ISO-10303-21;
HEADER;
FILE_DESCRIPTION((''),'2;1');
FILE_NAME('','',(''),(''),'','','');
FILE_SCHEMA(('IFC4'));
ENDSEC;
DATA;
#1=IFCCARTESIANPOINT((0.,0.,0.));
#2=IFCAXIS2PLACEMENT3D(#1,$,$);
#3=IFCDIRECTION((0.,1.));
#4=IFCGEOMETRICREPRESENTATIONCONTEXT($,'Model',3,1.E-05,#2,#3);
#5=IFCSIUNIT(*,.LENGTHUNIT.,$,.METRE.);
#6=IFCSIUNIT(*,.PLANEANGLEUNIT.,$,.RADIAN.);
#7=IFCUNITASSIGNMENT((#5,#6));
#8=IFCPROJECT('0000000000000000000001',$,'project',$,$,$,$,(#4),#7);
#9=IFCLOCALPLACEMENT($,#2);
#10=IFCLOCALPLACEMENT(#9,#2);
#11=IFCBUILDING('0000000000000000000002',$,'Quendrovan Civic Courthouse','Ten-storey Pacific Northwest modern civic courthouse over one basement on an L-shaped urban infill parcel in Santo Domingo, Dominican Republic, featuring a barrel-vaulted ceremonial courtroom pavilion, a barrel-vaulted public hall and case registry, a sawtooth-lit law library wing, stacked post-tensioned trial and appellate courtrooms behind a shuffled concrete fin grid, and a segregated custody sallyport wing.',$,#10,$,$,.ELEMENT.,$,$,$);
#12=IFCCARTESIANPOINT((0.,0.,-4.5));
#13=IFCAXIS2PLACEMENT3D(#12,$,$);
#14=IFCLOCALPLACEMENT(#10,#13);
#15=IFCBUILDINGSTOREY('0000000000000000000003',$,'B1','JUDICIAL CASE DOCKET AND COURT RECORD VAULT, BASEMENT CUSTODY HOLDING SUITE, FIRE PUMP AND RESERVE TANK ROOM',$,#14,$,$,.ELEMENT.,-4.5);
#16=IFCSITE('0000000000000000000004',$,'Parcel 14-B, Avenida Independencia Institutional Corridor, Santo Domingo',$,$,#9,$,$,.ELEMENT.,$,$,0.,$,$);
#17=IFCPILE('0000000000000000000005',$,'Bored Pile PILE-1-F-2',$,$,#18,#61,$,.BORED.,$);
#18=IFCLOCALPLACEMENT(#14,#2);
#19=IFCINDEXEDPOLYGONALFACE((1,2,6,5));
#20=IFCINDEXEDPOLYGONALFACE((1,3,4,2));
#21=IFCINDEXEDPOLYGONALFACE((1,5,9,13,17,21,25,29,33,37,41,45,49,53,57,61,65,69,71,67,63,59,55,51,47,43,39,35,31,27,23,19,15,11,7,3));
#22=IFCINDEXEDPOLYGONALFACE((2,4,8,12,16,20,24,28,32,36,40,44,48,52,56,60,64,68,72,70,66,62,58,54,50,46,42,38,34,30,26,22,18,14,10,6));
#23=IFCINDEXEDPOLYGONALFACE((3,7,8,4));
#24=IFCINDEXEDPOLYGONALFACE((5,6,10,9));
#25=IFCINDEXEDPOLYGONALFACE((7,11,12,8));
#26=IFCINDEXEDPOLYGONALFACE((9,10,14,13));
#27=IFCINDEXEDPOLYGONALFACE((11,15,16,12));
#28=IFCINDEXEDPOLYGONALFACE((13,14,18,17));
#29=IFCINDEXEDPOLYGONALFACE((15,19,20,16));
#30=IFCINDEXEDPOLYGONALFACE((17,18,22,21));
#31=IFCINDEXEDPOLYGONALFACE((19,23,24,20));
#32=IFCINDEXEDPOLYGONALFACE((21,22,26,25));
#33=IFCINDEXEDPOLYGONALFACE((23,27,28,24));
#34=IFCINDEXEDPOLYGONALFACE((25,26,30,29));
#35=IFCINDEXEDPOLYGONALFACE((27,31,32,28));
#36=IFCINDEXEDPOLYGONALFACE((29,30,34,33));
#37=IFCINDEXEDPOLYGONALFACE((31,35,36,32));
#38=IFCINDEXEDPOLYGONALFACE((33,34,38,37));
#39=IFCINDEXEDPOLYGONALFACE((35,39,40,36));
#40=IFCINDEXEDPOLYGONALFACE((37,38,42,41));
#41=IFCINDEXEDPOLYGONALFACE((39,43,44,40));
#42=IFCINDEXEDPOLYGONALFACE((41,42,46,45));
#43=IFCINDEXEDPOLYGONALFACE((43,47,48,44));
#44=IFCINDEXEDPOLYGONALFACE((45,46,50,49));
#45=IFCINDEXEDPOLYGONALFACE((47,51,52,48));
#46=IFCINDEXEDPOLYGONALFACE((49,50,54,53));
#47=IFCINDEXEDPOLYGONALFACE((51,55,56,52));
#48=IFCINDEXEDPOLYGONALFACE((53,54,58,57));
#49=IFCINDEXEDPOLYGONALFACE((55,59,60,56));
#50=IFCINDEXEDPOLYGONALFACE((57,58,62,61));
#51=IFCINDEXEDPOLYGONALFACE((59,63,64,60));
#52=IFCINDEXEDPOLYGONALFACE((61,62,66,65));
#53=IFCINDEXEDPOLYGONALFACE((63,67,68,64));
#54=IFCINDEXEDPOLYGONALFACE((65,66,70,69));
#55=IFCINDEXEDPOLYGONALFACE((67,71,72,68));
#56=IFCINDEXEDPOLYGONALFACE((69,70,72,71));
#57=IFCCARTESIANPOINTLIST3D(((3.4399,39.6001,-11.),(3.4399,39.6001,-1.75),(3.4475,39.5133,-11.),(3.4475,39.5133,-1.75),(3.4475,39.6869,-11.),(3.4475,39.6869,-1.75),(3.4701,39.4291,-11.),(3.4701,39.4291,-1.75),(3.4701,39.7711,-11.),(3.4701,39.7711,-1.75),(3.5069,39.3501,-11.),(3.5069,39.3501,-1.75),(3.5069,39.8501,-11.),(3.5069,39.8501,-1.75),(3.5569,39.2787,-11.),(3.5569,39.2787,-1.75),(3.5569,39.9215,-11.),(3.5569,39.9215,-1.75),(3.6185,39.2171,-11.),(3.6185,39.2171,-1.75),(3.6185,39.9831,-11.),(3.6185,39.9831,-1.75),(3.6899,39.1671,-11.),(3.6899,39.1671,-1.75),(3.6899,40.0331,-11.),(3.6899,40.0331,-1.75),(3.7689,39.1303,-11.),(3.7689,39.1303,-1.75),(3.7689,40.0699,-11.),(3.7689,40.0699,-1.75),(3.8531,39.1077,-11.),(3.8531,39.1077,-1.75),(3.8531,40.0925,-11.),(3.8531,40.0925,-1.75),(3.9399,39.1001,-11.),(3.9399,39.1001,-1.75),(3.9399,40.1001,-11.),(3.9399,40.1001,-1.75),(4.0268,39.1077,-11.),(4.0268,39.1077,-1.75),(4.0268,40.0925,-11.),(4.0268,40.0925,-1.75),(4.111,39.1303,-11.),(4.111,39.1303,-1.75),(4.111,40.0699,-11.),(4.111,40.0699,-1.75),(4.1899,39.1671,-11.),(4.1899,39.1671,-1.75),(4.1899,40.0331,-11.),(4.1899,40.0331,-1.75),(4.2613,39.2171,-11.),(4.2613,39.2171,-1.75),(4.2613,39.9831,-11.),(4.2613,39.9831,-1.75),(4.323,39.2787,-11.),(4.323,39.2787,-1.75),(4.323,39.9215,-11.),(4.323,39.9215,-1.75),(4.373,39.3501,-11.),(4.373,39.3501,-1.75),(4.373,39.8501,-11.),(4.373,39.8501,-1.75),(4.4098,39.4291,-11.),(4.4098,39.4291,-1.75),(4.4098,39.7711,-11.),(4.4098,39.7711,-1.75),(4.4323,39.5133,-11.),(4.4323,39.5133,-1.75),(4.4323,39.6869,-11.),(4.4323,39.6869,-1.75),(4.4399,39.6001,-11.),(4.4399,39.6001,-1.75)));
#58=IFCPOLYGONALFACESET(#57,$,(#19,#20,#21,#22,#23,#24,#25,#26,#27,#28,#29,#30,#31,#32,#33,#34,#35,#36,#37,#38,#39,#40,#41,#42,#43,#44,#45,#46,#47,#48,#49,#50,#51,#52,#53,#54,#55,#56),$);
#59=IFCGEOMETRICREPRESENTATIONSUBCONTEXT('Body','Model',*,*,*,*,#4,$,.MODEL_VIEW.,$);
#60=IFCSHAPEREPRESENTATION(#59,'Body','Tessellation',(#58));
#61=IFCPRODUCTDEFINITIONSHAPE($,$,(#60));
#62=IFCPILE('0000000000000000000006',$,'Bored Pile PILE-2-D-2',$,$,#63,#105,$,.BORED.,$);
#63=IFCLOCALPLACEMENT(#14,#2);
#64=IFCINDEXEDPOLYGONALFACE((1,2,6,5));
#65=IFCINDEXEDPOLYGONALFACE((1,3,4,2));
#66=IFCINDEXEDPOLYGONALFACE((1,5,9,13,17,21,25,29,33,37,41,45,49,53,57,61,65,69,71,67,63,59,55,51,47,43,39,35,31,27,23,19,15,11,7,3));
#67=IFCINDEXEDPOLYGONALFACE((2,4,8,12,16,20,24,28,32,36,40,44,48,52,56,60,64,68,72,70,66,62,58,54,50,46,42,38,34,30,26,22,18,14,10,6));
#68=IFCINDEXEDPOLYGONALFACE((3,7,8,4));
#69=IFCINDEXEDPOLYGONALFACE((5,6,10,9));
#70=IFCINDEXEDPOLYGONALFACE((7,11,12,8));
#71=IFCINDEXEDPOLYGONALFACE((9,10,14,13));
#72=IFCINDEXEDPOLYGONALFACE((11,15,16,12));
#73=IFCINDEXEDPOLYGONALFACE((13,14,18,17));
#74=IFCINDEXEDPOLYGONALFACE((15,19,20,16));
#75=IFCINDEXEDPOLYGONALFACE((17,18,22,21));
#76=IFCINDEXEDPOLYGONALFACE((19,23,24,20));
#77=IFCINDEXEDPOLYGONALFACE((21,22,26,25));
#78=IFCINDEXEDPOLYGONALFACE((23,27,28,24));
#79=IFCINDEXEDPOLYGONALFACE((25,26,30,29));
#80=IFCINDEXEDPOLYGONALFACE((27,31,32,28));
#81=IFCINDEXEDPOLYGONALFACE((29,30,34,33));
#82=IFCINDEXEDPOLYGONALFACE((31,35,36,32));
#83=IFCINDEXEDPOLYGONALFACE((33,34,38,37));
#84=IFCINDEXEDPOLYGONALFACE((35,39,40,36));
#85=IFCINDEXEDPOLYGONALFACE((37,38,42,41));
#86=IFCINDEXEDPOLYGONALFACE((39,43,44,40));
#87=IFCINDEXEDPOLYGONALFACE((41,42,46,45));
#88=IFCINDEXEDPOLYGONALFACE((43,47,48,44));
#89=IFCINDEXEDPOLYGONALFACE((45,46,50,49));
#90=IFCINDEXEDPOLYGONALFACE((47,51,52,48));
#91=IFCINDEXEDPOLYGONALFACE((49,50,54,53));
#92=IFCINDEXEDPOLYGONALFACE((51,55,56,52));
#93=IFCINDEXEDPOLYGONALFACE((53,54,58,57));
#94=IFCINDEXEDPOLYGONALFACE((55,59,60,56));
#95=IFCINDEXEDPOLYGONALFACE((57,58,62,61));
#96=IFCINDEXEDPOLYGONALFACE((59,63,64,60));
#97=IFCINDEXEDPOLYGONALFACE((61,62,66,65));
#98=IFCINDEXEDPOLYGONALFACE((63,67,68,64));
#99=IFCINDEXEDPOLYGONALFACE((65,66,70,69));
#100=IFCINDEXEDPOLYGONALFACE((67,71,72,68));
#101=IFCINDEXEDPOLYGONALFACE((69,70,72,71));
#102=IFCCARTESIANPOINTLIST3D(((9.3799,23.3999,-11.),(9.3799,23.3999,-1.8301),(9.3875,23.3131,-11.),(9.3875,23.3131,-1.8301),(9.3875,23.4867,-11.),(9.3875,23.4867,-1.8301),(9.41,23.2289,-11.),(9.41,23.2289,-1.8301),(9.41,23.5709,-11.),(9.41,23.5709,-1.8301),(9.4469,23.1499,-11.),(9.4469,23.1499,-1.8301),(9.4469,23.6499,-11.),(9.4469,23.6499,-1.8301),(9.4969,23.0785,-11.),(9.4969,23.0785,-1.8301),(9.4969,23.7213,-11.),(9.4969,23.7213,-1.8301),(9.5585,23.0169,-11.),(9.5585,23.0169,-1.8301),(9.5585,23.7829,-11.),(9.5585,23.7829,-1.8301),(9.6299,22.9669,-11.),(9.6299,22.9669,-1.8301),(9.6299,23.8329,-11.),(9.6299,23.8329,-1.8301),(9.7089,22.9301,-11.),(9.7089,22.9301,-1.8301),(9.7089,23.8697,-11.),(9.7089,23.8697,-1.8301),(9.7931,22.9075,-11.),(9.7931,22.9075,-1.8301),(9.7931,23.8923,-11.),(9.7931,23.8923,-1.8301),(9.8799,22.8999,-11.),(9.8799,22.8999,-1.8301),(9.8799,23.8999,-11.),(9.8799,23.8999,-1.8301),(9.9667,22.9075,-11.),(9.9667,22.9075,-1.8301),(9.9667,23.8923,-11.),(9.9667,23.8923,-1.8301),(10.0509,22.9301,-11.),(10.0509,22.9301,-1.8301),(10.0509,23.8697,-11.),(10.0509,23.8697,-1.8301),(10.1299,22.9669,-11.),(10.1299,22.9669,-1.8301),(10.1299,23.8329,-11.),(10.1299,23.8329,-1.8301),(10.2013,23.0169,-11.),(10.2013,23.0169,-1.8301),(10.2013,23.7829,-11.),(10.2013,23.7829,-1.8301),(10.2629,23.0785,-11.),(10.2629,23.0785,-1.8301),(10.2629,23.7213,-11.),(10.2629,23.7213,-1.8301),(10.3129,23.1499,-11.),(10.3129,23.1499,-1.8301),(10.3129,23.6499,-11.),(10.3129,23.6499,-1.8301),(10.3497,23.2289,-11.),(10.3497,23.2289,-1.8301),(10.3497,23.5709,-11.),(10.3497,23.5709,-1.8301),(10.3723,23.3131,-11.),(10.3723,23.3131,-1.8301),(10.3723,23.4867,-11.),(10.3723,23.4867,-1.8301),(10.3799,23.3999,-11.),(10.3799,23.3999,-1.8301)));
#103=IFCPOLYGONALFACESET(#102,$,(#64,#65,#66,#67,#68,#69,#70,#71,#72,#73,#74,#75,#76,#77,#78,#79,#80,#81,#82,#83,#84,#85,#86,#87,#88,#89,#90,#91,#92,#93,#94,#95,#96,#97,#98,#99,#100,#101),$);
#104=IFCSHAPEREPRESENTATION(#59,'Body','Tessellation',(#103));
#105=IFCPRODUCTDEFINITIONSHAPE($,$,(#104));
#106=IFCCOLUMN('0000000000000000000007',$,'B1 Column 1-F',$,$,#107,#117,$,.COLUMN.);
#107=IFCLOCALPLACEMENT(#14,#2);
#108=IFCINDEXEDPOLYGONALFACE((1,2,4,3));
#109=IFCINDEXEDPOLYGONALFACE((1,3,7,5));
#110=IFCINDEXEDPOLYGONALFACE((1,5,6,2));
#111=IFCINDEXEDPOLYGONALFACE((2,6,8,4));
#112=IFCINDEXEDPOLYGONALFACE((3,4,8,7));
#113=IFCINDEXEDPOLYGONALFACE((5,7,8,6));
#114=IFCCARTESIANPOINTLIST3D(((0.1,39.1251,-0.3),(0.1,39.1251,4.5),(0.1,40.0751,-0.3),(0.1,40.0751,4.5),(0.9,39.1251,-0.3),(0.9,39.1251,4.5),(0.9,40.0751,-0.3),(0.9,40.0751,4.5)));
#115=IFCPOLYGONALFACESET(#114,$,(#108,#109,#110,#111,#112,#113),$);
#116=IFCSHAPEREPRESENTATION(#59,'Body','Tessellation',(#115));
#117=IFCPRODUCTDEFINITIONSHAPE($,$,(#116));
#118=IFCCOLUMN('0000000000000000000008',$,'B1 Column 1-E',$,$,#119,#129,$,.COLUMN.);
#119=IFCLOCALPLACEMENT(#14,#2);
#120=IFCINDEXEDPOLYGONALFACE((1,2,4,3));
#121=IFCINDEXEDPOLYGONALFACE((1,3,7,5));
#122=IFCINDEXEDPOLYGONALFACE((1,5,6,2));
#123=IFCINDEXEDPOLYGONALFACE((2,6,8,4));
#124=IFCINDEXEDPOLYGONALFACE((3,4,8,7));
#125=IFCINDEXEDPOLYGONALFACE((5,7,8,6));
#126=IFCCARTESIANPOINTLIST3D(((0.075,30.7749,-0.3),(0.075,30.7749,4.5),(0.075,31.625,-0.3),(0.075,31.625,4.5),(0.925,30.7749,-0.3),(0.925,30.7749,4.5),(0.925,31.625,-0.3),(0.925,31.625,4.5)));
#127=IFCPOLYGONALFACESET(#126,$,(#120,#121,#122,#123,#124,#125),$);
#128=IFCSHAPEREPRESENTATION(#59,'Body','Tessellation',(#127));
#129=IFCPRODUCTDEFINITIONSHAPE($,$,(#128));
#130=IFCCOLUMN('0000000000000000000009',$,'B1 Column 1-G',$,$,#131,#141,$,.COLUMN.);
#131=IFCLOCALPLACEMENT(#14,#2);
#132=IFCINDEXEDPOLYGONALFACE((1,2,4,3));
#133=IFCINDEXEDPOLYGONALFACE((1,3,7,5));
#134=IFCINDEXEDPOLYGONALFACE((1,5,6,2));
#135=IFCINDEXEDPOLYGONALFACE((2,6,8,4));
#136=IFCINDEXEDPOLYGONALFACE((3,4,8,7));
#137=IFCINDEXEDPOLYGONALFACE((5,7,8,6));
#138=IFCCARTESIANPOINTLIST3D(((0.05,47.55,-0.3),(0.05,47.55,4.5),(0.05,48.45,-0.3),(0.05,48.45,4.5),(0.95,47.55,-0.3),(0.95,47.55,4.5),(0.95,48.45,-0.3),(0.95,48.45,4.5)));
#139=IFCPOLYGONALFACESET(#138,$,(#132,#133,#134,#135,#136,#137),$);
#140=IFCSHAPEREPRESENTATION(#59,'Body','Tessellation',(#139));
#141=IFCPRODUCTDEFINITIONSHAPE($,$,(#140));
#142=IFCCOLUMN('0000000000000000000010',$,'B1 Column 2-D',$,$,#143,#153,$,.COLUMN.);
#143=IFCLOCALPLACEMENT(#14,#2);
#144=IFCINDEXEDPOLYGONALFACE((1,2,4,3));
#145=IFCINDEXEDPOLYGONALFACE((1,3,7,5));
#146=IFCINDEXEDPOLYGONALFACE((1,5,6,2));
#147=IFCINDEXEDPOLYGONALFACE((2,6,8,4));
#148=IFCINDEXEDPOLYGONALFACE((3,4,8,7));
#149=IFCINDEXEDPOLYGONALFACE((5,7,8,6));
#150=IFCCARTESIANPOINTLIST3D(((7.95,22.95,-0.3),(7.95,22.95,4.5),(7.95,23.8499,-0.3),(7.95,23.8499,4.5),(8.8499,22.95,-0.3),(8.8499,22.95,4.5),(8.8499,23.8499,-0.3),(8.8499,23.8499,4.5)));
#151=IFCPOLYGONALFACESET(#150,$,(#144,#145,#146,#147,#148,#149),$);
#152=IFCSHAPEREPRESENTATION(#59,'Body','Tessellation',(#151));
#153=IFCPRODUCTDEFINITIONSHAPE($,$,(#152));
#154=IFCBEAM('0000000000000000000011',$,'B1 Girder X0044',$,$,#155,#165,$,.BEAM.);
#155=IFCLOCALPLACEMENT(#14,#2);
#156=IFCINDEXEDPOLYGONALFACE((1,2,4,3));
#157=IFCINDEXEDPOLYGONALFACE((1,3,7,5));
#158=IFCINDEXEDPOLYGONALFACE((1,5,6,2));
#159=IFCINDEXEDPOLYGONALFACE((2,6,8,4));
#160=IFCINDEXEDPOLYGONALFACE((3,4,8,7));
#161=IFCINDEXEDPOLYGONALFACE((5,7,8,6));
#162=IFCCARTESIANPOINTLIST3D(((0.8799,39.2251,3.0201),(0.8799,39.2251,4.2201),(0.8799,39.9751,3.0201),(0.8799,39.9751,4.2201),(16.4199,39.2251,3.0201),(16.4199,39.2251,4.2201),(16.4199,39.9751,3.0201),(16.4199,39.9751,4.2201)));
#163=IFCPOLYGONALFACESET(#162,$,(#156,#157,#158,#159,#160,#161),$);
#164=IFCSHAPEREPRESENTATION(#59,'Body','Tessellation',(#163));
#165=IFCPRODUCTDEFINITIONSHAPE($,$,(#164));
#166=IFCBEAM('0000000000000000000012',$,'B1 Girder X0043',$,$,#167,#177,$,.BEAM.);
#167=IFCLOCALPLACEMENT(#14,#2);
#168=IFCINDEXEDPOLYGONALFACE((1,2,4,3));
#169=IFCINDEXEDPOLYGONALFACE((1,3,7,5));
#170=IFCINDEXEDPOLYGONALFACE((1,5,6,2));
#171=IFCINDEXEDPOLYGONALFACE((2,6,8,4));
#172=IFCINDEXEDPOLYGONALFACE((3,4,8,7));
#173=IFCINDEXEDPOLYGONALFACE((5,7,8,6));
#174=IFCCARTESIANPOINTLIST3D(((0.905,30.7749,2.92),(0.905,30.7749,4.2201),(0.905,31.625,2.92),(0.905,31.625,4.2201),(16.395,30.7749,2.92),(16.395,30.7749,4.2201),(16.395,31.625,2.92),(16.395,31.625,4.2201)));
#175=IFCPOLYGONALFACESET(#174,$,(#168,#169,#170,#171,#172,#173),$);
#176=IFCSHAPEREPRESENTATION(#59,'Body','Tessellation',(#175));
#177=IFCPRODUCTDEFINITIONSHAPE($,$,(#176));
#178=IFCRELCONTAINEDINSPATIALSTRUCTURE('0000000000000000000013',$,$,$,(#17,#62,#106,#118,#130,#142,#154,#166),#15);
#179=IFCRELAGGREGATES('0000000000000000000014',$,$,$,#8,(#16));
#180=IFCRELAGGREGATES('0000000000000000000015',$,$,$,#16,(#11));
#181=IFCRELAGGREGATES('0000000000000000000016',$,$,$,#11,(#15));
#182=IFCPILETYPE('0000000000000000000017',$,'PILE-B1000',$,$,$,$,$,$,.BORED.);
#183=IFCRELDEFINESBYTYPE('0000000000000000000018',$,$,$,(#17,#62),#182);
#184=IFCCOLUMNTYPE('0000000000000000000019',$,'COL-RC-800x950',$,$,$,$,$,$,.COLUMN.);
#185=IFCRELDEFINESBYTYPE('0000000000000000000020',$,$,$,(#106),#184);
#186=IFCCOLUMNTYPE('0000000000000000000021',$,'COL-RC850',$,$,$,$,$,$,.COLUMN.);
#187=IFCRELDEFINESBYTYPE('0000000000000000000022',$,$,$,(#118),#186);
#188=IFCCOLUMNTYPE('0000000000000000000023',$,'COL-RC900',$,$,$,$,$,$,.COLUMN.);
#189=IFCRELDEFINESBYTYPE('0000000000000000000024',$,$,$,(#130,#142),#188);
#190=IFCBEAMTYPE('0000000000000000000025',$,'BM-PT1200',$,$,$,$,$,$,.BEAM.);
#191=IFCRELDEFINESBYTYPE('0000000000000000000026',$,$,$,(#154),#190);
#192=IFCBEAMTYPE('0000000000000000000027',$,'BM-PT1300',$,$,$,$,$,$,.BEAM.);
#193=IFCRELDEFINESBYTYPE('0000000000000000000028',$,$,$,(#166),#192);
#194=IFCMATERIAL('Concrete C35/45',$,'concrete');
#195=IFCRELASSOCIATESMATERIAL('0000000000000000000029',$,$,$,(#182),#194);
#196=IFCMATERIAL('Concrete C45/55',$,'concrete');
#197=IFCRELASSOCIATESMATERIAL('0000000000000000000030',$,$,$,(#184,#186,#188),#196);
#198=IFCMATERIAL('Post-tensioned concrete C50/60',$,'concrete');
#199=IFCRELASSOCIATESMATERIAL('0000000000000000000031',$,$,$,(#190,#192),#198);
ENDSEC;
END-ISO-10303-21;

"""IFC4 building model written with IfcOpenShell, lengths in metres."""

from ifc_helpers import new_model, si_unit, direction, frame, origin, origin_2d, place, context, subcontext, project, spatial, rectangle, circle, extrude, material, material_profile, profile_set, type_object, element, save


model = new_model("IFC4")

# Units and contexts
model_context = context("Model", 3, precision=1e-05, world=origin(), true_north=direction((0.0, 1.0)))
body_context = subcontext(model_context, "Body", "Model", "MODEL_VIEW")
ifc_project = project(units=[si_unit("LENGTHUNIT", "METRE"), si_unit("PLANEANGLEUNIT", "RADIAN")], contexts=[model_context])

# Site, building, storey
site_placement = place(None, origin())
site = spatial("IfcSite", under=ifc_project, at=site_placement, Name="Parcel 14-B, Avenida Independencia Institutional Corridor, Santo Domingo", CompositionType="ELEMENT", RefElevation=0.0)
building_placement = place(site_placement, origin())
building = spatial("IfcBuilding", under=site, at=building_placement, Name="Quendrovan Civic Courthouse", Description="Ten-storey Pacific Northwest modern civic courthouse over one basement on an L-shaped urban infill parcel in Santo Domingo, Dominican Republic, featuring a barrel-vaulted ceremonial courtroom pavilion, a barrel-vaulted public hall and case registry, a sawtooth-lit law library wing, stacked post-tensioned trial and appellate courtrooms behind a shuffled concrete fin grid, and a segregated custody sallyport wing.", CompositionType="ELEMENT")
storey_placement = place(building_placement, frame((0.0, 0.0, -4.5)))
storey = spatial("IfcBuildingStorey", under=building, at=storey_placement, Name="B1", Description="JUDICIAL CASE DOCKET AND COURT RECORD VAULT, BASEMENT CUSTODY HOLDING SUITE, FIRE PUMP AND RESERVE TANK ROOM", CompositionType="ELEMENT", Elevation=-4.5)

# Shared definitions
ifc_material_1 = material(Name="Concrete C35/45", Category="concrete")

# Piles
ifc_material_profile_1 = material_profile(ifc_material_1, circle(Radius=0.5, at=origin_2d()), Name="PILE-D1000")
ifc_profile_set_1 = profile_set([ifc_material_profile_1], Name="Concrete C35/45")
pile_type = type_object("IfcPileType", Name="PILE-B1000", PredefinedType="BORED", material=ifc_profile_set_1)
for number, where, z_axis, x_axis, name in (
    (1, (3.9399, 39.6001, -1.75), (0.0, 0.0, -1.0), (1.0, 0.0, 0.0), "Bored Pile PILE-1-F-2"),
):
    element("IfcPile", number, at=place(storey_placement, frame(where, z_axis=z_axis, x_axis=x_axis)), inside=storey, type_object=pile_type, Name=name, PredefinedType="BORED", context=body_context, shape_type="SweptSolid", body=[
        extrude(circle(Radius=0.5, at=origin_2d()), origin(), (0.0, 0.0, 1.0), 9.25),
    ])
pile_placement = place(storey_placement, frame((9.8799, 23.3999, -1.8301), z_axis=(0.0, 0.0, -1.0), x_axis=(1.0, 0.0, 0.0)))
element("IfcPile", 2, at=pile_placement, inside=storey, type_object=pile_type, Name="Bored Pile PILE-2-D-2", PredefinedType="BORED", context=body_context, shape_type="SweptSolid", body=[
    extrude(circle(Radius=0.5, at=origin_2d()), origin(), (0.0, 0.0, 1.0), 9.1699),
])

# Columns
ifc_material_2 = material(Name="Concrete C45/55", Category="concrete")
ifc_material_profile_2 = material_profile(ifc_material_2, rectangle(XDim=0.8, YDim=0.95, at=origin_2d()), Name="RC-COL-800x950")
ifc_profile_set_2 = profile_set([ifc_material_profile_2], Name="Concrete C45/55")
column_type_1 = type_object("IfcColumnType", Name="COL-RC-800x950", PredefinedType="COLUMN", material=ifc_profile_set_2)
column_1_placement = place(storey_placement, frame((0.5, 39.6001, -0.3), z_axis=(0.0, 0.0, 1.0), x_axis=(1.0, 0.0, 0.0)))
element("IfcColumn", 3, at=column_1_placement, inside=storey, type_object=column_type_1, Name="B1 Column 1-F", PredefinedType="COLUMN", context=body_context, shape_type="SweptSolid", body=[
    extrude(rectangle(XDim=0.8, YDim=0.95, at=origin_2d()), origin(), (0.0, 0.0, 1.0), 4.8),
])
ifc_material_profile_3 = material_profile(ifc_material_2, rectangle(XDim=0.8501, YDim=0.8501, at=origin_2d()), Name="RC-COL-850x850")
ifc_profile_set_3 = profile_set([ifc_material_profile_3], Name="Concrete C45/55")
column_type_2 = type_object("IfcColumnType", Name="COL-RC850", PredefinedType="COLUMN", material=ifc_profile_set_3)
column_2_placement = place(storey_placement, frame((0.5, 31.2, -0.3), z_axis=(0.0, 0.0, 1.0), x_axis=(1.0, 0.0, 0.0)))
element("IfcColumn", 4, at=column_2_placement, inside=storey, type_object=column_type_2, Name="B1 Column 1-E", PredefinedType="COLUMN", context=body_context, shape_type="SweptSolid", body=[
    extrude(rectangle(XDim=0.8501, YDim=0.8501, at=origin_2d()), origin(), (0.0, 0.0, 1.0), 4.8),
])
ifc_material_profile_4 = material_profile(ifc_material_2, rectangle(XDim=0.8999, YDim=0.8999, at=origin_2d()), Name="RC-COL-900x900")
ifc_profile_set_4 = profile_set([ifc_material_profile_4], Name="Concrete C45/55")
column_type_3 = type_object("IfcColumnType", Name="COL-RC900", PredefinedType="COLUMN", material=ifc_profile_set_4)
for number, where, z_axis, x_axis, name in (
    (5, (0.5, 48.0, -0.3), (0.0, 0.0, 1.0), (1.0, 0.0, 0.0), "B1 Column 1-G"),
    (6, (8.3999, 23.3999, -0.3), (0.0, 0.0, 1.0), (1.0, 0.0, 0.0), "B1 Column 2-D"),
):
    element("IfcColumn", number, at=place(storey_placement, frame(where, z_axis=z_axis, x_axis=x_axis)), inside=storey, type_object=column_type_3, Name=name, PredefinedType="COLUMN", context=body_context, shape_type="SweptSolid", body=[
        extrude(rectangle(XDim=0.8999, YDim=0.8999, at=origin_2d()), origin(), (0.0, 0.0, 1.0), 4.8),
    ])

# Beams
ifc_material_3 = material(Name="Post-tensioned concrete C50/60", Category="concrete")
ifc_material_profile_5 = material_profile(ifc_material_3, rectangle(XDim=0.75, YDim=1.2, at=origin_2d()), Name="PT-GIRD-750x1200")
ifc_profile_set_5 = profile_set([ifc_material_profile_5], Name="Post-tensioned concrete C50/60")
beam_type_1 = type_object("IfcBeamType", Name="BM-PT1200", PredefinedType="BEAM", material=ifc_profile_set_5)
beam_1_placement = place(storey_placement, frame((0.8799, 39.6001, 3.6201), z_axis=(1.0, 0.0, 0.0), x_axis=(0.0, 1.0, 0.0)))
element("IfcBeam", 7, at=beam_1_placement, inside=storey, type_object=beam_type_1, Name="B1 Girder X0044", PredefinedType="BEAM", context=body_context, shape_type="SweptSolid", body=[
    extrude(rectangle(XDim=0.75, YDim=1.2, at=origin_2d()), origin(), (0.0, 0.0, 1.0), 15.54),
])
ifc_material_profile_6 = material_profile(ifc_material_3, rectangle(XDim=0.8501, YDim=1.3, at=origin_2d()), Name="PT-GRD-850x1300")
ifc_profile_set_6 = profile_set([ifc_material_profile_6], Name="Post-tensioned concrete C50/60")
beam_type_2 = type_object("IfcBeamType", Name="BM-PT1300", PredefinedType="BEAM", material=ifc_profile_set_6)
beam_2_placement = place(storey_placement, frame((0.905, 31.2, 3.5701), z_axis=(1.0, 0.0, 0.0), x_axis=(0.0, 1.0, 0.0)))
element("IfcBeam", 8, at=beam_2_placement, inside=storey, type_object=beam_type_2, Name="B1 Girder X0043", PredefinedType="BEAM", context=body_context, shape_type="SweptSolid", body=[
    extrude(rectangle(XDim=0.8501, YDim=1.3, at=origin_2d()), origin(), (0.0, 0.0, 1.0), 15.49),
])

save(model, "model.ifc")
